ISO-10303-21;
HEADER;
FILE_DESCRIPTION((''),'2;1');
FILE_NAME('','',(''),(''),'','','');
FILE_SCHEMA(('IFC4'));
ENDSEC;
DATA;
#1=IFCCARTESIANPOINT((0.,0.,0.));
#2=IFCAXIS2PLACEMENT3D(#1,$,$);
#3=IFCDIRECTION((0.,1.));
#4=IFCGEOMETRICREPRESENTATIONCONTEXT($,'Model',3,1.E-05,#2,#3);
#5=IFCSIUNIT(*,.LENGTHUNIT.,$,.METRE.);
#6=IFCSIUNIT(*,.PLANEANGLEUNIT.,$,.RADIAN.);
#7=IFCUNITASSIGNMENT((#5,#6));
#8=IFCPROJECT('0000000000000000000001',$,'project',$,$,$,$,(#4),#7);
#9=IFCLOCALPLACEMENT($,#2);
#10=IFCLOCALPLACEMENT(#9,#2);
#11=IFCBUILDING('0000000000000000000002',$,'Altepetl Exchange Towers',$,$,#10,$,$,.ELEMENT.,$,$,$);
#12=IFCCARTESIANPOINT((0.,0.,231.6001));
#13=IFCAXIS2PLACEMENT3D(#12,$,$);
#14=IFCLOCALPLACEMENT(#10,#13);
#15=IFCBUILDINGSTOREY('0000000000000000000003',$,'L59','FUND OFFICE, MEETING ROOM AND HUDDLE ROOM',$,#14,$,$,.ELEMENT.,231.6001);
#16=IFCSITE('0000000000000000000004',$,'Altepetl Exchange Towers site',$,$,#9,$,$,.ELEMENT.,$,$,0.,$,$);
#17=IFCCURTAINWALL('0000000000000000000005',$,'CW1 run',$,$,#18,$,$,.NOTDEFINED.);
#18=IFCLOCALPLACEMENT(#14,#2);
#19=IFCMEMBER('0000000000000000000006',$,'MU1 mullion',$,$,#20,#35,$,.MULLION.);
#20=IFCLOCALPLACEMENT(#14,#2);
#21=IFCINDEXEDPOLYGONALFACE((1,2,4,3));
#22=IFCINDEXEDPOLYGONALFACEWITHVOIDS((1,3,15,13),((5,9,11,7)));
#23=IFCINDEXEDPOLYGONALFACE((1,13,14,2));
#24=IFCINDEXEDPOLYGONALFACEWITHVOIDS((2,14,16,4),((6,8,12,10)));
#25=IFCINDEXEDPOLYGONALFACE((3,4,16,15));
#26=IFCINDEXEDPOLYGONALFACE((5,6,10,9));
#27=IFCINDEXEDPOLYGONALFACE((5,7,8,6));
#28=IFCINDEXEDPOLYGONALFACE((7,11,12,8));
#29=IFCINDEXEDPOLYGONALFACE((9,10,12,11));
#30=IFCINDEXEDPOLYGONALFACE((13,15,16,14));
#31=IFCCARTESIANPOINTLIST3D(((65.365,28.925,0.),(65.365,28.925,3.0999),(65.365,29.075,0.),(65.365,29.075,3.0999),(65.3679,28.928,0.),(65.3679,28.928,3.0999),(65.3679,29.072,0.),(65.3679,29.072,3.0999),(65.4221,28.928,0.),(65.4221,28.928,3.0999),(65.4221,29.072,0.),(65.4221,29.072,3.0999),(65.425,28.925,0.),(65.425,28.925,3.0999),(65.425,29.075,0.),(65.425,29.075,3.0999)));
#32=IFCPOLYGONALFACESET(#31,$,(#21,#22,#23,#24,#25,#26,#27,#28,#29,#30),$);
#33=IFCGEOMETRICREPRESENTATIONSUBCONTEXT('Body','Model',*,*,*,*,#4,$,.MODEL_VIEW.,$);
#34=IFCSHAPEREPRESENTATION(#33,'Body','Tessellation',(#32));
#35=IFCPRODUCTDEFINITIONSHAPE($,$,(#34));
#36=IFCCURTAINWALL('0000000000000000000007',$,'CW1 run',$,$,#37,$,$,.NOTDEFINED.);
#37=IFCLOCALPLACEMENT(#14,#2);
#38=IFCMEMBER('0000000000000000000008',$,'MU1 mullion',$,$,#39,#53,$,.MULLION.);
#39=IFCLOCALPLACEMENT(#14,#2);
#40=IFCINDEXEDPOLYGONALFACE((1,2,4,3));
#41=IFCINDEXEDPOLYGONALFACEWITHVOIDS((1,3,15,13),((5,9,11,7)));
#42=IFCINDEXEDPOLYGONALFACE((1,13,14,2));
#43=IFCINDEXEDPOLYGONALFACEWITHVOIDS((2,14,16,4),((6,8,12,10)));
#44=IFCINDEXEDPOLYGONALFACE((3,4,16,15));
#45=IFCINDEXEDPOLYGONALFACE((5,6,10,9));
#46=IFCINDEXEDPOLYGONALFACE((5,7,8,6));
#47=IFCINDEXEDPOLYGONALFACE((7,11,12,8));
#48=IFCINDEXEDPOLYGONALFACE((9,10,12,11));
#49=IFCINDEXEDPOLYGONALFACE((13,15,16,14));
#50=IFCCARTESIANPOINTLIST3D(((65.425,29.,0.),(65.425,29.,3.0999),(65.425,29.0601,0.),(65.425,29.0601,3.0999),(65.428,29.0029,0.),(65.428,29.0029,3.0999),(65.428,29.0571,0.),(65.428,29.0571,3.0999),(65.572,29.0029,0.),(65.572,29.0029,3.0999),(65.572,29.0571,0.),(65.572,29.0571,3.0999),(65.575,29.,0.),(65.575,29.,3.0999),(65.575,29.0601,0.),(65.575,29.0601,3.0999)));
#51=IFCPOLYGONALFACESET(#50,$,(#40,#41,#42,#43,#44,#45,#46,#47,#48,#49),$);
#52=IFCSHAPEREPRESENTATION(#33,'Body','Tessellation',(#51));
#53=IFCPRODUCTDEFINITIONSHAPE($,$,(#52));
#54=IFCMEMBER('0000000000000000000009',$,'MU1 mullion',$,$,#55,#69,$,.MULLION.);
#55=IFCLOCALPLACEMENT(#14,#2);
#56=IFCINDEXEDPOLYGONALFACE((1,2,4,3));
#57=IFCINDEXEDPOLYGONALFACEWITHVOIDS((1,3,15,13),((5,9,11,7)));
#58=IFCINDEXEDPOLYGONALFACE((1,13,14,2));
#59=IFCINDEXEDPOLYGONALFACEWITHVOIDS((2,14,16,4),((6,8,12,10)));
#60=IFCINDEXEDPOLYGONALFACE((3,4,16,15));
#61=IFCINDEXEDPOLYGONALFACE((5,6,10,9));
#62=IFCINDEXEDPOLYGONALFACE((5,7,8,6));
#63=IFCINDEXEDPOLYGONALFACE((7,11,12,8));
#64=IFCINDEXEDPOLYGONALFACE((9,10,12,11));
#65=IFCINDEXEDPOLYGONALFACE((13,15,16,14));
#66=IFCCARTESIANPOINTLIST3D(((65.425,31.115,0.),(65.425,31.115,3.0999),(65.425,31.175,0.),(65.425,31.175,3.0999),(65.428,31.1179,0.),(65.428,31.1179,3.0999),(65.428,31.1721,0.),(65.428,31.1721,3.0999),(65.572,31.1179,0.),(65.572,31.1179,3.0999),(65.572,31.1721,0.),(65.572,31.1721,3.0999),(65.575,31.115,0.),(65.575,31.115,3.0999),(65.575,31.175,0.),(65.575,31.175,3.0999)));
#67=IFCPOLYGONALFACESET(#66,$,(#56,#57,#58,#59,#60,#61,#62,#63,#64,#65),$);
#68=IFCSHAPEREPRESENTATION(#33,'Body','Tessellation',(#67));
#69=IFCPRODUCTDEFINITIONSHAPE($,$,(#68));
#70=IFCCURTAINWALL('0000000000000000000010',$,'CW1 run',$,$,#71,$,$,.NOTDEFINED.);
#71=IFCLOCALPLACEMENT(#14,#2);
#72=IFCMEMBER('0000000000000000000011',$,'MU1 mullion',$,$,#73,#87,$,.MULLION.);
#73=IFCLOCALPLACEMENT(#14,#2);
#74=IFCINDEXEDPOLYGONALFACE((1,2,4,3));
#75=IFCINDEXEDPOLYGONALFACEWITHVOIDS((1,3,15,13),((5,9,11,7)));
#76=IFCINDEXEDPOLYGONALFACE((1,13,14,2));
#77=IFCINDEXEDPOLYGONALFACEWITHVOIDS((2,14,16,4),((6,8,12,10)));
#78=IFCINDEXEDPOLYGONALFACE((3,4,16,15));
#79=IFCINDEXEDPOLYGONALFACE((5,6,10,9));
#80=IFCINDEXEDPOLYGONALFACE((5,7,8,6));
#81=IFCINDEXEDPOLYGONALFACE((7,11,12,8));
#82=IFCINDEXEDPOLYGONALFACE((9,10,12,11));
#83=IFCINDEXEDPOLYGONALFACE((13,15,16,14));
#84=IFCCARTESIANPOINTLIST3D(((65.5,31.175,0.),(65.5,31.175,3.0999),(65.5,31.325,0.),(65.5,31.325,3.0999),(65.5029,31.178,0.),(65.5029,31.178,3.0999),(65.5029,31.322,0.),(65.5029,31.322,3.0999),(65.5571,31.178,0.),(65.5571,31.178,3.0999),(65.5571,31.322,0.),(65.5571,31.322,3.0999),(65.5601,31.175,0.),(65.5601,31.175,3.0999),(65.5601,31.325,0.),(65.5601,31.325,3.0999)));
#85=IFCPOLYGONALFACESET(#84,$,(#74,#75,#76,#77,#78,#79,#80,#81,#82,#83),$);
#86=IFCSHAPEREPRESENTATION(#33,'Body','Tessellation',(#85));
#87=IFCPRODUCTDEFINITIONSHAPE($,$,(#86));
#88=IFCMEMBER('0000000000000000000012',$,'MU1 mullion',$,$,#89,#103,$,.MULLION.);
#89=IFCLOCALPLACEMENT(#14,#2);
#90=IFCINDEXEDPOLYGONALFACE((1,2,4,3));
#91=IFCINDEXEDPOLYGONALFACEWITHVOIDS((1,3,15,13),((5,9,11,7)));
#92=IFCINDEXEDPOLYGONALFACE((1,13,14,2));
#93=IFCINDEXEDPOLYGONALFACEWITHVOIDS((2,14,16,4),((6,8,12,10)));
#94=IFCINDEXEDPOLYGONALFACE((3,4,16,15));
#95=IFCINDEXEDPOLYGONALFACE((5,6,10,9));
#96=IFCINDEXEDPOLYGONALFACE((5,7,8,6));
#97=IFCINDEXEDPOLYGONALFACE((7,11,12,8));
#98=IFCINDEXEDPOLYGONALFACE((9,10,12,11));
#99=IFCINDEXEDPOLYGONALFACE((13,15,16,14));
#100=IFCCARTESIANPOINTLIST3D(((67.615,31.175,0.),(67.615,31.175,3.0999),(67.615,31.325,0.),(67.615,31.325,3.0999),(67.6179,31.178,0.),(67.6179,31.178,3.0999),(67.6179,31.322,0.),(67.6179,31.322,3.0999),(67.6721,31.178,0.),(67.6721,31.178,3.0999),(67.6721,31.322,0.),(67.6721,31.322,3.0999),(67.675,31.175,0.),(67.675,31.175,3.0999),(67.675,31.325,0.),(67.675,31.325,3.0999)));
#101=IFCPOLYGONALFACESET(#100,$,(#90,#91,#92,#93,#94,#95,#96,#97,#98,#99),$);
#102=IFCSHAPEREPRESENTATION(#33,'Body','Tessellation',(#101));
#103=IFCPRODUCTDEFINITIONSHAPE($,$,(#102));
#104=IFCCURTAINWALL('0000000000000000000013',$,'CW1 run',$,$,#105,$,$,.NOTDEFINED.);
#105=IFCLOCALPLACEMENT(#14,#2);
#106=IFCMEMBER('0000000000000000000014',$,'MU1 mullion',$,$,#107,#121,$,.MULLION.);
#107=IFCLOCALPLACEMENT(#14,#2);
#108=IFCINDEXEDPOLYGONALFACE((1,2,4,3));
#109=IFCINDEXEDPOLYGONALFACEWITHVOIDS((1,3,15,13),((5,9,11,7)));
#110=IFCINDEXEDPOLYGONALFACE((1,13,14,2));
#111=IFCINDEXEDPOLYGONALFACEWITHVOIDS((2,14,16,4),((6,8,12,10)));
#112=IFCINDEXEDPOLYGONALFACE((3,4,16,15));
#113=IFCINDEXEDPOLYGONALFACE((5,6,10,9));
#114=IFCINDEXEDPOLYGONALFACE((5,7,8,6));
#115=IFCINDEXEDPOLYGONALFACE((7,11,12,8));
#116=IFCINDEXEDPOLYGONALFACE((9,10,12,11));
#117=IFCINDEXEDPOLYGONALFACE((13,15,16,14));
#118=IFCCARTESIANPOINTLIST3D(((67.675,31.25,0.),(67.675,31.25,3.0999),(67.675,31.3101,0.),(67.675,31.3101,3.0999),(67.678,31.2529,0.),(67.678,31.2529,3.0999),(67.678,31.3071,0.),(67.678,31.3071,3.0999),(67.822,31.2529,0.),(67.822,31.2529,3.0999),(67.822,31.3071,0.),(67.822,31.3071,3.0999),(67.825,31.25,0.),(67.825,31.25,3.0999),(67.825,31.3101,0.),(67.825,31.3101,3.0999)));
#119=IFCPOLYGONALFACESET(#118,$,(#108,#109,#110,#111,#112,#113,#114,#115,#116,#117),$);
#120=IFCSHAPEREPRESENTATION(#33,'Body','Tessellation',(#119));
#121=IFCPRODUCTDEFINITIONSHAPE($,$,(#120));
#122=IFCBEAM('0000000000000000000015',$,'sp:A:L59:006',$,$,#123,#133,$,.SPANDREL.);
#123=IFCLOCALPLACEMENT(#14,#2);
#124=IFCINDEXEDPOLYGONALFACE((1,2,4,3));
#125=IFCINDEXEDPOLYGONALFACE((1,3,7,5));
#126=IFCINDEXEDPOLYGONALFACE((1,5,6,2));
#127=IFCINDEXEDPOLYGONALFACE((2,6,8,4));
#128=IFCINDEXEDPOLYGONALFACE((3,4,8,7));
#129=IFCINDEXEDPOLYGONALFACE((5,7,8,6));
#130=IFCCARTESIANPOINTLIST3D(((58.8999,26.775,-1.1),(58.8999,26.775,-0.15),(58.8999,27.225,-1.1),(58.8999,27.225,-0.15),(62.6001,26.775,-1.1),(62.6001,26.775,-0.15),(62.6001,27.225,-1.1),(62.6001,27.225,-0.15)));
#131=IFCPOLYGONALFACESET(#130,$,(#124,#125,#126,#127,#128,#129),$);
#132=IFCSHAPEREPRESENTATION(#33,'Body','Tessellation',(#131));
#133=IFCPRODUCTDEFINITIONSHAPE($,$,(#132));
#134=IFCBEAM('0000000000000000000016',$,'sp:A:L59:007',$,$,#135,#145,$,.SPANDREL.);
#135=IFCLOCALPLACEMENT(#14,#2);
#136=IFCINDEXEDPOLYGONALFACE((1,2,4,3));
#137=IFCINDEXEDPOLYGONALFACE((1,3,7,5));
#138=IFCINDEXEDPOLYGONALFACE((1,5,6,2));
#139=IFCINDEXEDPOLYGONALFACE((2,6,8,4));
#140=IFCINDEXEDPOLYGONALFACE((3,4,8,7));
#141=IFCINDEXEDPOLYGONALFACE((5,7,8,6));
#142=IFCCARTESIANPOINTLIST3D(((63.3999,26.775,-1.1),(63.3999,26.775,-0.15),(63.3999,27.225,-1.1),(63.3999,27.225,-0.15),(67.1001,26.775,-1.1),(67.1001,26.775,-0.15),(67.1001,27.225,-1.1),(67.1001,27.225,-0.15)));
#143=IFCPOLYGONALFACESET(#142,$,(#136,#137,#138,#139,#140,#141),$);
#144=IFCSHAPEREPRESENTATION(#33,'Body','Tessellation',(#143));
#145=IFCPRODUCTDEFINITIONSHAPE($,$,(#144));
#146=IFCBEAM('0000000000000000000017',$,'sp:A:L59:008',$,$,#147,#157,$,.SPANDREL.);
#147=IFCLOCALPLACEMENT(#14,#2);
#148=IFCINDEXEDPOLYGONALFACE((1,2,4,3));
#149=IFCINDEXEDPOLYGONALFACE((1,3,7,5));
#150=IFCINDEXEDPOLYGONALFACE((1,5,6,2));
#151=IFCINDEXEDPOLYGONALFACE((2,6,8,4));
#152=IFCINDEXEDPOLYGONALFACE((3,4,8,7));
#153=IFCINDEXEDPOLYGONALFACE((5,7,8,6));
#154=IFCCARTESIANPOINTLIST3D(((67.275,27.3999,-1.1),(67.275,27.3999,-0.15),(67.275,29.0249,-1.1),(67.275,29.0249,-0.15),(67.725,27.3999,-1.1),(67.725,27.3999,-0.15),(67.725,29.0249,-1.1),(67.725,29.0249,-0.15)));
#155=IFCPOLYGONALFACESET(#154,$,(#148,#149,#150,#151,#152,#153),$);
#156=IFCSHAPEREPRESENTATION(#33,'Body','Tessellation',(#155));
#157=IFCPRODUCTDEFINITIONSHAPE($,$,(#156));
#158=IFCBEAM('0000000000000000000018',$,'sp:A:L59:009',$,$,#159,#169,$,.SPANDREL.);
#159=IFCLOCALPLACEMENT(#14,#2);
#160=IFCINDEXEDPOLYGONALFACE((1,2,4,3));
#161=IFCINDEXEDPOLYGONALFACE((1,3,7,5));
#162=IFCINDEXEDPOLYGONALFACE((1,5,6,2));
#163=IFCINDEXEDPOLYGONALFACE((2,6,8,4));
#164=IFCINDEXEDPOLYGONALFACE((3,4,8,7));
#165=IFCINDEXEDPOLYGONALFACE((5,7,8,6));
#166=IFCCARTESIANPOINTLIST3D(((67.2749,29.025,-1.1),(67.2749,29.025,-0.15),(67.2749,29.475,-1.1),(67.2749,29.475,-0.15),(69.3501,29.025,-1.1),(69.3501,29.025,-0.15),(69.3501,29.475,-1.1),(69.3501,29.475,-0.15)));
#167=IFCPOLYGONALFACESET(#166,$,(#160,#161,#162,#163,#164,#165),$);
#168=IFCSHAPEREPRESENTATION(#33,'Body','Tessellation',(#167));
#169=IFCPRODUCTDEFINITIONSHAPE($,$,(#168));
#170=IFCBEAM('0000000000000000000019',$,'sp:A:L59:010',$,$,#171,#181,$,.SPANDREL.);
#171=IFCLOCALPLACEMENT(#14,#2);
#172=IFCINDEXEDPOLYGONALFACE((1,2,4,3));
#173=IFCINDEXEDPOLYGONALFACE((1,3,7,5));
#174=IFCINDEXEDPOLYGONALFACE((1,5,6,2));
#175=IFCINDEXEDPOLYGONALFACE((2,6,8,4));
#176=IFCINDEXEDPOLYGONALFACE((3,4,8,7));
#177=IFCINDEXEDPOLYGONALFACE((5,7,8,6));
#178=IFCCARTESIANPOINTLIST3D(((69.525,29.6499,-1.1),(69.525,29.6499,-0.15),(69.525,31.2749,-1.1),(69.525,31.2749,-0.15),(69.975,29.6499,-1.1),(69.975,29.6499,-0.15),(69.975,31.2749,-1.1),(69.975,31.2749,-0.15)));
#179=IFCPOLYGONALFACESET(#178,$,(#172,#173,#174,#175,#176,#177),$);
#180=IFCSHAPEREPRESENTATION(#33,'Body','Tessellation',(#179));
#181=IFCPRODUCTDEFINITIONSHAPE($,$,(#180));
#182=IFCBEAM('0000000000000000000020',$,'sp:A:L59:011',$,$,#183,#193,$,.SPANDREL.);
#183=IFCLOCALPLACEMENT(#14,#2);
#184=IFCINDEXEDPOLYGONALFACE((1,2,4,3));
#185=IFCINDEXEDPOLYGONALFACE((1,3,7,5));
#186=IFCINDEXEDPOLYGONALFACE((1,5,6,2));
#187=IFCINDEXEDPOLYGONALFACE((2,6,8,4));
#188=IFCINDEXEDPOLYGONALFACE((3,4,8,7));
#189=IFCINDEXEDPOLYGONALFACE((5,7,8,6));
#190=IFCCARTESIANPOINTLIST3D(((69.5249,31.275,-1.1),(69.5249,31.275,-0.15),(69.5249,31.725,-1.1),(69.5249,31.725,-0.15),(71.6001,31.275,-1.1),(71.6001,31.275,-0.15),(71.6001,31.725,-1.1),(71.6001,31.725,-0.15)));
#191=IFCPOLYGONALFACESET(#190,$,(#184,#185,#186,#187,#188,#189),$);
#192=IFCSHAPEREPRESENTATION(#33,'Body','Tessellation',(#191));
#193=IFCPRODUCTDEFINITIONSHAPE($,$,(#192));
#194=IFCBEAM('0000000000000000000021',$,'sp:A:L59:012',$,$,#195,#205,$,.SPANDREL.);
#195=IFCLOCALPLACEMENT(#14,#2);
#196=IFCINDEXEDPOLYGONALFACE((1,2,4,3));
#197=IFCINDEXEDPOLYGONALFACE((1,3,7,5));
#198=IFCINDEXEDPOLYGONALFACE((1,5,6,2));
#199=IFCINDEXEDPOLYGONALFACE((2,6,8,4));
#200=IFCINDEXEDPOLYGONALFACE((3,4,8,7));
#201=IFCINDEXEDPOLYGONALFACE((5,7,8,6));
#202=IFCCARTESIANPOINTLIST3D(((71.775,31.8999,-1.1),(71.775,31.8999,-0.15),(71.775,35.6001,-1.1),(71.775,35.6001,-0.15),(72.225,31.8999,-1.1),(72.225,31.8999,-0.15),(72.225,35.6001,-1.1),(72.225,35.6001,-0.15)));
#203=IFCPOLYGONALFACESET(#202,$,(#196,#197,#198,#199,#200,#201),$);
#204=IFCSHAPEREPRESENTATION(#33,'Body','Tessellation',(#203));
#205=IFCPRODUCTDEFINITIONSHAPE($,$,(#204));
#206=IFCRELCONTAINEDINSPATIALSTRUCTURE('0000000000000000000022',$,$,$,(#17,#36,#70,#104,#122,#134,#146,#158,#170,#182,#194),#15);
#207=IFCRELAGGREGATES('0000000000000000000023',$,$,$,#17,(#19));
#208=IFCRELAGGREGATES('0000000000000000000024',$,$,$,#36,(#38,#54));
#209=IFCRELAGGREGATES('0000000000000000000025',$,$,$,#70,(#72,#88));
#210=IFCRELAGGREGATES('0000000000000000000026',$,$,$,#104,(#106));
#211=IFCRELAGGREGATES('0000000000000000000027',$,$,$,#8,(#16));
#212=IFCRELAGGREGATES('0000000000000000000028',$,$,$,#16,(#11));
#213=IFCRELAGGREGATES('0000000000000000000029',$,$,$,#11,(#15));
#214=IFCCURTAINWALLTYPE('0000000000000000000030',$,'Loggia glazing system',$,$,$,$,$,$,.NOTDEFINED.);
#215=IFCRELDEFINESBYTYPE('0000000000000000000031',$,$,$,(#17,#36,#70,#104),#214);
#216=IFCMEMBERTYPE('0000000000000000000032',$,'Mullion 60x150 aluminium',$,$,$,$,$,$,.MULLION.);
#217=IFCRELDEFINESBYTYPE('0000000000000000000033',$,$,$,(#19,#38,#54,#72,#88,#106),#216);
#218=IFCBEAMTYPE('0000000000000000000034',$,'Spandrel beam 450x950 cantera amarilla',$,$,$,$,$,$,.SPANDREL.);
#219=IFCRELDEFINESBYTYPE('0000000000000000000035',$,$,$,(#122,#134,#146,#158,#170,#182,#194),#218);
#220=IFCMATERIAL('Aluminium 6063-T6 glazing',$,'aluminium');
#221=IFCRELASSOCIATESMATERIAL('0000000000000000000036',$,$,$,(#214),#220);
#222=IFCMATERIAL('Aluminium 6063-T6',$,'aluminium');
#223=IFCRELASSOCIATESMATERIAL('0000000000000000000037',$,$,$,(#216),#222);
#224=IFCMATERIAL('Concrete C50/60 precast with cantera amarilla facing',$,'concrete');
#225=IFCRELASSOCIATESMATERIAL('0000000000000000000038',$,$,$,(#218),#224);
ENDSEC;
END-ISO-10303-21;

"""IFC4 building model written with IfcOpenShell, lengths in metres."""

from ifc_helpers import new_model, si_unit, direction, frame, origin, origin_2d, place, context, subcontext, project, spatial, rectangle, hollow_rectangle, extrude, material, material_profile, profile_set, type_object, element, aggregate, save


model = new_model("IFC4")

# Units and contexts
model_context = context("Model", 3, precision=1e-05, world=origin(), true_north=direction((0.0, 1.0)))
body_context = subcontext(model_context, "Body", "Model", "MODEL_VIEW")
ifc_project = project(units=[si_unit("LENGTHUNIT", "METRE"), si_unit("PLANEANGLEUNIT", "RADIAN")], contexts=[model_context])

# Site, building, storey
site_placement = place(None, origin())
site = spatial("IfcSite", under=ifc_project, at=site_placement, Name="Altepetl Exchange Towers site", CompositionType="ELEMENT", RefElevation=0.0)
building_placement = place(site_placement, origin())
building = spatial("IfcBuilding", under=site, at=building_placement, Name="Altepetl Exchange Towers", CompositionType="ELEMENT")
storey_placement = place(building_placement, frame((0.0, 0.0, 231.6001)))
storey = spatial("IfcBuildingStorey", under=building, at=storey_placement, Name="L59", Description="FUND OFFICE, MEETING ROOM AND HUDDLE ROOM", CompositionType="ELEMENT", Elevation=231.6001)

# Curtain walls, members
ifc_material_1 = material(Name="Aluminium 6063-T6 glazing", Category="aluminium")
curtain_wall_type = type_object("IfcCurtainWallType", Name="Loggia glazing system", PredefinedType="NOTDEFINED", material=ifc_material_1)
curtain_wall_1_placement = place(storey_placement, origin())
curtain_wall_1 = element("IfcCurtainWall", 1, at=curtain_wall_1_placement, inside=storey, type_object=curtain_wall_type, Name="CW1 run", PredefinedType="NOTDEFINED")
ifc_material_2 = material(Name="Aluminium 6063-T6", Category="aluminium")
ifc_material_profile_1 = material_profile(ifc_material_2, hollow_rectangle(XDim=0.0601, YDim=0.1499, WallThickness=0.0029, at=origin_2d()), Name="Mullion 60x150 aluminium")
ifc_profile_set_1 = profile_set([ifc_material_profile_1], Name="Aluminium 6063-T6")
member_type = type_object("IfcMemberType", Name="Mullion 60x150 aluminium", PredefinedType="MULLION", material=ifc_profile_set_1)
member_1_placement = place(storey_placement, frame((65.395, 29.0, 0.0)))
member_1 = element("IfcMember", 2, at=member_1_placement, type_object=member_type, Name="MU1 mullion", PredefinedType="MULLION", context=body_context, shape_type="SweptSolid", body=[
    extrude(hollow_rectangle(XDim=0.0601, YDim=0.1499, WallThickness=0.0029, at=origin_2d()), origin(), (0.0, 0.0, 1.0), 3.0999),
])
curtain_wall_2_placement = place(storey_placement, origin())
curtain_wall_2 = element("IfcCurtainWall", 3, at=curtain_wall_2_placement, inside=storey, type_object=curtain_wall_type, Name="CW1 run", PredefinedType="NOTDEFINED")
member_2_placement = place(storey_placement, frame((65.5, 29.03, 0.0), z_axis=(0.0, 0.0, 1.0), x_axis=(0.0, 1.0, 0.0)))
member_2 = element("IfcMember", 4, at=member_2_placement, type_object=member_type, Name="MU1 mullion", PredefinedType="MULLION", context=body_context, shape_type="SweptSolid", body=[
    extrude(hollow_rectangle(XDim=0.0601, YDim=0.1499, WallThickness=0.0029, at=origin_2d()), origin(), (0.0, 0.0, 1.0), 3.0999),
])
member_3_placement = place(storey_placement, frame((65.5, 31.145, 0.0), z_axis=(0.0, 0.0, 1.0), x_axis=(0.0, 1.0, 0.0)))
member_3 = element("IfcMember", 5, at=member_3_placement, type_object=member_type, Name="MU1 mullion", PredefinedType="MULLION", context=body_context, shape_type="SweptSolid", body=[
    extrude(hollow_rectangle(XDim=0.0601, YDim=0.1499, WallThickness=0.0029, at=origin_2d()), origin(), (0.0, 0.0, 1.0), 3.0999),
])
curtain_wall_3_placement = place(storey_placement, origin())
curtain_wall_3 = element("IfcCurtainWall", 6, at=curtain_wall_3_placement, inside=storey, type_object=curtain_wall_type, Name="CW1 run", PredefinedType="NOTDEFINED")
member_4_placement = place(storey_placement, frame((65.53, 31.25, 0.0)))
member_4 = element("IfcMember", 7, at=member_4_placement, type_object=member_type, Name="MU1 mullion", PredefinedType="MULLION", context=body_context, shape_type="SweptSolid", body=[
    extrude(hollow_rectangle(XDim=0.0601, YDim=0.1499, WallThickness=0.0029, at=origin_2d()), origin(), (0.0, 0.0, 1.0), 3.0999),
])
member_5_placement = place(storey_placement, frame((67.645, 31.25, 0.0)))
member_5 = element("IfcMember", 8, at=member_5_placement, type_object=member_type, Name="MU1 mullion", PredefinedType="MULLION", context=body_context, shape_type="SweptSolid", body=[
    extrude(hollow_rectangle(XDim=0.0601, YDim=0.1499, WallThickness=0.0029, at=origin_2d()), origin(), (0.0, 0.0, 1.0), 3.0999),
])

# Curtain wall, member
curtain_wall_4_placement = place(storey_placement, origin())
curtain_wall_4 = element("IfcCurtainWall", 9, at=curtain_wall_4_placement, inside=storey, type_object=curtain_wall_type, Name="CW1 run", PredefinedType="NOTDEFINED")
member_6_placement = place(storey_placement, frame((67.75, 31.28, 0.0), z_axis=(0.0, 0.0, 1.0), x_axis=(0.0, 1.0, 0.0)))
member_6 = element("IfcMember", 10, at=member_6_placement, type_object=member_type, Name="MU1 mullion", PredefinedType="MULLION", context=body_context, shape_type="SweptSolid", body=[
    extrude(hollow_rectangle(XDim=0.0601, YDim=0.1499, WallThickness=0.0029, at=origin_2d()), origin(), (0.0, 0.0, 1.0), 3.0999),
])

# Beams
ifc_material_3 = material(Name="Concrete C50/60 precast with cantera amarilla facing", Category="concrete")
ifc_material_profile_2 = material_profile(ifc_material_3, rectangle(XDim=0.45, YDim=0.95, at=origin_2d()), Name="450 x 950")
ifc_profile_set_2 = profile_set([ifc_material_profile_2], Name="Concrete C50/60 precast with cantera amarilla facing")
beam_type_1 = type_object("IfcBeamType", Name="Spandrel beam 450x950 cantera amarilla", PredefinedType="SPANDREL", material=ifc_profile_set_2)
for number, where, z_axis, x_axis, name in (
    (11, (58.8999, 27.0, -0.625), (1.0, 0.0, 0.0), (0.0, 1.0, 0.0), "sp:A:L59:006"),
    (12, (63.3999, 27.0, -0.625), (1.0, 0.0, 0.0), (0.0, 1.0, 0.0), "sp:A:L59:007"),
):
    element("IfcBeam", number, at=place(storey_placement, frame(where, z_axis=z_axis, x_axis=x_axis)), inside=storey, type_object=beam_type_1, Name=name, PredefinedType="SPANDREL", context=body_context, shape_type="SweptSolid", body=[
        extrude(rectangle(XDim=0.45, YDim=0.95, at=origin_2d()), origin(), (0.0, 0.0, 1.0), 3.7002),
    ])
beam_1_placement = place(storey_placement, frame((67.5, 27.3999, -0.625), z_axis=(0.0, 1.0, 0.0), x_axis=(-1.0, 0.0, 0.0)))
element("IfcBeam", 13, at=beam_1_placement, inside=storey, type_object=beam_type_1, Name="sp:A:L59:008", PredefinedType="SPANDREL", context=body_context, shape_type="SweptSolid", body=[
    extrude(rectangle(XDim=0.45, YDim=0.95, at=origin_2d()), origin(), (0.0, 0.0, 1.0), 1.625),
])
beam_2_placement = place(storey_placement, frame((67.2749, 29.25, -0.625), z_axis=(1.0, 0.0, 0.0), x_axis=(0.0, 1.0, 0.0)))
element("IfcBeam", 14, at=beam_2_placement, inside=storey, type_object=beam_type_1, Name="sp:A:L59:009", PredefinedType="SPANDREL", context=body_context, shape_type="SweptSolid", body=[
    extrude(rectangle(XDim=0.45, YDim=0.95, at=origin_2d()), origin(), (0.0, 0.0, 1.0), 2.0752),
])
beam_3_placement = place(storey_placement, frame((69.75, 29.6499, -0.625), z_axis=(0.0, 1.0, 0.0), x_axis=(-1.0, 0.0, 0.0)))
element("IfcBeam", 15, at=beam_3_placement, inside=storey, type_object=beam_type_1, Name="sp:A:L59:010", PredefinedType="SPANDREL", context=body_context, shape_type="SweptSolid", body=[
    extrude(rectangle(XDim=0.45, YDim=0.95, at=origin_2d()), origin(), (0.0, 0.0, 1.0), 1.625),
])
beam_4_placement = place(storey_placement, frame((69.5249, 31.5, -0.625), z_axis=(1.0, 0.0, 0.0), x_axis=(0.0, 1.0, 0.0)))
element("IfcBeam", 16, at=beam_4_placement, inside=storey, type_object=beam_type_1, Name="sp:A:L59:011", PredefinedType="SPANDREL", context=body_context, shape_type="SweptSolid", body=[
    extrude(rectangle(XDim=0.45, YDim=0.95, at=origin_2d()), origin(), (0.0, 0.0, 1.0), 2.0752),
])
beam_5_placement = place(storey_placement, frame((72.0, 31.8999, -0.625), z_axis=(0.0, 1.0, 0.0), x_axis=(-1.0, 0.0, 0.0)))
element("IfcBeam", 17, at=beam_5_placement, inside=storey, type_object=beam_type_1, Name="sp:A:L59:012", PredefinedType="SPANDREL", context=body_context, shape_type="SweptSolid", body=[
    extrude(rectangle(XDim=0.45, YDim=0.95, at=origin_2d()), origin(), (0.0, 0.0, 1.0), 3.7002),
])

aggregate(curtain_wall_1, [member_1])
aggregate(curtain_wall_2, [member_2, member_3])
aggregate(curtain_wall_3, [member_4, member_5])
aggregate(curtain_wall_4, [member_6])

save(model, "model.ifc")
